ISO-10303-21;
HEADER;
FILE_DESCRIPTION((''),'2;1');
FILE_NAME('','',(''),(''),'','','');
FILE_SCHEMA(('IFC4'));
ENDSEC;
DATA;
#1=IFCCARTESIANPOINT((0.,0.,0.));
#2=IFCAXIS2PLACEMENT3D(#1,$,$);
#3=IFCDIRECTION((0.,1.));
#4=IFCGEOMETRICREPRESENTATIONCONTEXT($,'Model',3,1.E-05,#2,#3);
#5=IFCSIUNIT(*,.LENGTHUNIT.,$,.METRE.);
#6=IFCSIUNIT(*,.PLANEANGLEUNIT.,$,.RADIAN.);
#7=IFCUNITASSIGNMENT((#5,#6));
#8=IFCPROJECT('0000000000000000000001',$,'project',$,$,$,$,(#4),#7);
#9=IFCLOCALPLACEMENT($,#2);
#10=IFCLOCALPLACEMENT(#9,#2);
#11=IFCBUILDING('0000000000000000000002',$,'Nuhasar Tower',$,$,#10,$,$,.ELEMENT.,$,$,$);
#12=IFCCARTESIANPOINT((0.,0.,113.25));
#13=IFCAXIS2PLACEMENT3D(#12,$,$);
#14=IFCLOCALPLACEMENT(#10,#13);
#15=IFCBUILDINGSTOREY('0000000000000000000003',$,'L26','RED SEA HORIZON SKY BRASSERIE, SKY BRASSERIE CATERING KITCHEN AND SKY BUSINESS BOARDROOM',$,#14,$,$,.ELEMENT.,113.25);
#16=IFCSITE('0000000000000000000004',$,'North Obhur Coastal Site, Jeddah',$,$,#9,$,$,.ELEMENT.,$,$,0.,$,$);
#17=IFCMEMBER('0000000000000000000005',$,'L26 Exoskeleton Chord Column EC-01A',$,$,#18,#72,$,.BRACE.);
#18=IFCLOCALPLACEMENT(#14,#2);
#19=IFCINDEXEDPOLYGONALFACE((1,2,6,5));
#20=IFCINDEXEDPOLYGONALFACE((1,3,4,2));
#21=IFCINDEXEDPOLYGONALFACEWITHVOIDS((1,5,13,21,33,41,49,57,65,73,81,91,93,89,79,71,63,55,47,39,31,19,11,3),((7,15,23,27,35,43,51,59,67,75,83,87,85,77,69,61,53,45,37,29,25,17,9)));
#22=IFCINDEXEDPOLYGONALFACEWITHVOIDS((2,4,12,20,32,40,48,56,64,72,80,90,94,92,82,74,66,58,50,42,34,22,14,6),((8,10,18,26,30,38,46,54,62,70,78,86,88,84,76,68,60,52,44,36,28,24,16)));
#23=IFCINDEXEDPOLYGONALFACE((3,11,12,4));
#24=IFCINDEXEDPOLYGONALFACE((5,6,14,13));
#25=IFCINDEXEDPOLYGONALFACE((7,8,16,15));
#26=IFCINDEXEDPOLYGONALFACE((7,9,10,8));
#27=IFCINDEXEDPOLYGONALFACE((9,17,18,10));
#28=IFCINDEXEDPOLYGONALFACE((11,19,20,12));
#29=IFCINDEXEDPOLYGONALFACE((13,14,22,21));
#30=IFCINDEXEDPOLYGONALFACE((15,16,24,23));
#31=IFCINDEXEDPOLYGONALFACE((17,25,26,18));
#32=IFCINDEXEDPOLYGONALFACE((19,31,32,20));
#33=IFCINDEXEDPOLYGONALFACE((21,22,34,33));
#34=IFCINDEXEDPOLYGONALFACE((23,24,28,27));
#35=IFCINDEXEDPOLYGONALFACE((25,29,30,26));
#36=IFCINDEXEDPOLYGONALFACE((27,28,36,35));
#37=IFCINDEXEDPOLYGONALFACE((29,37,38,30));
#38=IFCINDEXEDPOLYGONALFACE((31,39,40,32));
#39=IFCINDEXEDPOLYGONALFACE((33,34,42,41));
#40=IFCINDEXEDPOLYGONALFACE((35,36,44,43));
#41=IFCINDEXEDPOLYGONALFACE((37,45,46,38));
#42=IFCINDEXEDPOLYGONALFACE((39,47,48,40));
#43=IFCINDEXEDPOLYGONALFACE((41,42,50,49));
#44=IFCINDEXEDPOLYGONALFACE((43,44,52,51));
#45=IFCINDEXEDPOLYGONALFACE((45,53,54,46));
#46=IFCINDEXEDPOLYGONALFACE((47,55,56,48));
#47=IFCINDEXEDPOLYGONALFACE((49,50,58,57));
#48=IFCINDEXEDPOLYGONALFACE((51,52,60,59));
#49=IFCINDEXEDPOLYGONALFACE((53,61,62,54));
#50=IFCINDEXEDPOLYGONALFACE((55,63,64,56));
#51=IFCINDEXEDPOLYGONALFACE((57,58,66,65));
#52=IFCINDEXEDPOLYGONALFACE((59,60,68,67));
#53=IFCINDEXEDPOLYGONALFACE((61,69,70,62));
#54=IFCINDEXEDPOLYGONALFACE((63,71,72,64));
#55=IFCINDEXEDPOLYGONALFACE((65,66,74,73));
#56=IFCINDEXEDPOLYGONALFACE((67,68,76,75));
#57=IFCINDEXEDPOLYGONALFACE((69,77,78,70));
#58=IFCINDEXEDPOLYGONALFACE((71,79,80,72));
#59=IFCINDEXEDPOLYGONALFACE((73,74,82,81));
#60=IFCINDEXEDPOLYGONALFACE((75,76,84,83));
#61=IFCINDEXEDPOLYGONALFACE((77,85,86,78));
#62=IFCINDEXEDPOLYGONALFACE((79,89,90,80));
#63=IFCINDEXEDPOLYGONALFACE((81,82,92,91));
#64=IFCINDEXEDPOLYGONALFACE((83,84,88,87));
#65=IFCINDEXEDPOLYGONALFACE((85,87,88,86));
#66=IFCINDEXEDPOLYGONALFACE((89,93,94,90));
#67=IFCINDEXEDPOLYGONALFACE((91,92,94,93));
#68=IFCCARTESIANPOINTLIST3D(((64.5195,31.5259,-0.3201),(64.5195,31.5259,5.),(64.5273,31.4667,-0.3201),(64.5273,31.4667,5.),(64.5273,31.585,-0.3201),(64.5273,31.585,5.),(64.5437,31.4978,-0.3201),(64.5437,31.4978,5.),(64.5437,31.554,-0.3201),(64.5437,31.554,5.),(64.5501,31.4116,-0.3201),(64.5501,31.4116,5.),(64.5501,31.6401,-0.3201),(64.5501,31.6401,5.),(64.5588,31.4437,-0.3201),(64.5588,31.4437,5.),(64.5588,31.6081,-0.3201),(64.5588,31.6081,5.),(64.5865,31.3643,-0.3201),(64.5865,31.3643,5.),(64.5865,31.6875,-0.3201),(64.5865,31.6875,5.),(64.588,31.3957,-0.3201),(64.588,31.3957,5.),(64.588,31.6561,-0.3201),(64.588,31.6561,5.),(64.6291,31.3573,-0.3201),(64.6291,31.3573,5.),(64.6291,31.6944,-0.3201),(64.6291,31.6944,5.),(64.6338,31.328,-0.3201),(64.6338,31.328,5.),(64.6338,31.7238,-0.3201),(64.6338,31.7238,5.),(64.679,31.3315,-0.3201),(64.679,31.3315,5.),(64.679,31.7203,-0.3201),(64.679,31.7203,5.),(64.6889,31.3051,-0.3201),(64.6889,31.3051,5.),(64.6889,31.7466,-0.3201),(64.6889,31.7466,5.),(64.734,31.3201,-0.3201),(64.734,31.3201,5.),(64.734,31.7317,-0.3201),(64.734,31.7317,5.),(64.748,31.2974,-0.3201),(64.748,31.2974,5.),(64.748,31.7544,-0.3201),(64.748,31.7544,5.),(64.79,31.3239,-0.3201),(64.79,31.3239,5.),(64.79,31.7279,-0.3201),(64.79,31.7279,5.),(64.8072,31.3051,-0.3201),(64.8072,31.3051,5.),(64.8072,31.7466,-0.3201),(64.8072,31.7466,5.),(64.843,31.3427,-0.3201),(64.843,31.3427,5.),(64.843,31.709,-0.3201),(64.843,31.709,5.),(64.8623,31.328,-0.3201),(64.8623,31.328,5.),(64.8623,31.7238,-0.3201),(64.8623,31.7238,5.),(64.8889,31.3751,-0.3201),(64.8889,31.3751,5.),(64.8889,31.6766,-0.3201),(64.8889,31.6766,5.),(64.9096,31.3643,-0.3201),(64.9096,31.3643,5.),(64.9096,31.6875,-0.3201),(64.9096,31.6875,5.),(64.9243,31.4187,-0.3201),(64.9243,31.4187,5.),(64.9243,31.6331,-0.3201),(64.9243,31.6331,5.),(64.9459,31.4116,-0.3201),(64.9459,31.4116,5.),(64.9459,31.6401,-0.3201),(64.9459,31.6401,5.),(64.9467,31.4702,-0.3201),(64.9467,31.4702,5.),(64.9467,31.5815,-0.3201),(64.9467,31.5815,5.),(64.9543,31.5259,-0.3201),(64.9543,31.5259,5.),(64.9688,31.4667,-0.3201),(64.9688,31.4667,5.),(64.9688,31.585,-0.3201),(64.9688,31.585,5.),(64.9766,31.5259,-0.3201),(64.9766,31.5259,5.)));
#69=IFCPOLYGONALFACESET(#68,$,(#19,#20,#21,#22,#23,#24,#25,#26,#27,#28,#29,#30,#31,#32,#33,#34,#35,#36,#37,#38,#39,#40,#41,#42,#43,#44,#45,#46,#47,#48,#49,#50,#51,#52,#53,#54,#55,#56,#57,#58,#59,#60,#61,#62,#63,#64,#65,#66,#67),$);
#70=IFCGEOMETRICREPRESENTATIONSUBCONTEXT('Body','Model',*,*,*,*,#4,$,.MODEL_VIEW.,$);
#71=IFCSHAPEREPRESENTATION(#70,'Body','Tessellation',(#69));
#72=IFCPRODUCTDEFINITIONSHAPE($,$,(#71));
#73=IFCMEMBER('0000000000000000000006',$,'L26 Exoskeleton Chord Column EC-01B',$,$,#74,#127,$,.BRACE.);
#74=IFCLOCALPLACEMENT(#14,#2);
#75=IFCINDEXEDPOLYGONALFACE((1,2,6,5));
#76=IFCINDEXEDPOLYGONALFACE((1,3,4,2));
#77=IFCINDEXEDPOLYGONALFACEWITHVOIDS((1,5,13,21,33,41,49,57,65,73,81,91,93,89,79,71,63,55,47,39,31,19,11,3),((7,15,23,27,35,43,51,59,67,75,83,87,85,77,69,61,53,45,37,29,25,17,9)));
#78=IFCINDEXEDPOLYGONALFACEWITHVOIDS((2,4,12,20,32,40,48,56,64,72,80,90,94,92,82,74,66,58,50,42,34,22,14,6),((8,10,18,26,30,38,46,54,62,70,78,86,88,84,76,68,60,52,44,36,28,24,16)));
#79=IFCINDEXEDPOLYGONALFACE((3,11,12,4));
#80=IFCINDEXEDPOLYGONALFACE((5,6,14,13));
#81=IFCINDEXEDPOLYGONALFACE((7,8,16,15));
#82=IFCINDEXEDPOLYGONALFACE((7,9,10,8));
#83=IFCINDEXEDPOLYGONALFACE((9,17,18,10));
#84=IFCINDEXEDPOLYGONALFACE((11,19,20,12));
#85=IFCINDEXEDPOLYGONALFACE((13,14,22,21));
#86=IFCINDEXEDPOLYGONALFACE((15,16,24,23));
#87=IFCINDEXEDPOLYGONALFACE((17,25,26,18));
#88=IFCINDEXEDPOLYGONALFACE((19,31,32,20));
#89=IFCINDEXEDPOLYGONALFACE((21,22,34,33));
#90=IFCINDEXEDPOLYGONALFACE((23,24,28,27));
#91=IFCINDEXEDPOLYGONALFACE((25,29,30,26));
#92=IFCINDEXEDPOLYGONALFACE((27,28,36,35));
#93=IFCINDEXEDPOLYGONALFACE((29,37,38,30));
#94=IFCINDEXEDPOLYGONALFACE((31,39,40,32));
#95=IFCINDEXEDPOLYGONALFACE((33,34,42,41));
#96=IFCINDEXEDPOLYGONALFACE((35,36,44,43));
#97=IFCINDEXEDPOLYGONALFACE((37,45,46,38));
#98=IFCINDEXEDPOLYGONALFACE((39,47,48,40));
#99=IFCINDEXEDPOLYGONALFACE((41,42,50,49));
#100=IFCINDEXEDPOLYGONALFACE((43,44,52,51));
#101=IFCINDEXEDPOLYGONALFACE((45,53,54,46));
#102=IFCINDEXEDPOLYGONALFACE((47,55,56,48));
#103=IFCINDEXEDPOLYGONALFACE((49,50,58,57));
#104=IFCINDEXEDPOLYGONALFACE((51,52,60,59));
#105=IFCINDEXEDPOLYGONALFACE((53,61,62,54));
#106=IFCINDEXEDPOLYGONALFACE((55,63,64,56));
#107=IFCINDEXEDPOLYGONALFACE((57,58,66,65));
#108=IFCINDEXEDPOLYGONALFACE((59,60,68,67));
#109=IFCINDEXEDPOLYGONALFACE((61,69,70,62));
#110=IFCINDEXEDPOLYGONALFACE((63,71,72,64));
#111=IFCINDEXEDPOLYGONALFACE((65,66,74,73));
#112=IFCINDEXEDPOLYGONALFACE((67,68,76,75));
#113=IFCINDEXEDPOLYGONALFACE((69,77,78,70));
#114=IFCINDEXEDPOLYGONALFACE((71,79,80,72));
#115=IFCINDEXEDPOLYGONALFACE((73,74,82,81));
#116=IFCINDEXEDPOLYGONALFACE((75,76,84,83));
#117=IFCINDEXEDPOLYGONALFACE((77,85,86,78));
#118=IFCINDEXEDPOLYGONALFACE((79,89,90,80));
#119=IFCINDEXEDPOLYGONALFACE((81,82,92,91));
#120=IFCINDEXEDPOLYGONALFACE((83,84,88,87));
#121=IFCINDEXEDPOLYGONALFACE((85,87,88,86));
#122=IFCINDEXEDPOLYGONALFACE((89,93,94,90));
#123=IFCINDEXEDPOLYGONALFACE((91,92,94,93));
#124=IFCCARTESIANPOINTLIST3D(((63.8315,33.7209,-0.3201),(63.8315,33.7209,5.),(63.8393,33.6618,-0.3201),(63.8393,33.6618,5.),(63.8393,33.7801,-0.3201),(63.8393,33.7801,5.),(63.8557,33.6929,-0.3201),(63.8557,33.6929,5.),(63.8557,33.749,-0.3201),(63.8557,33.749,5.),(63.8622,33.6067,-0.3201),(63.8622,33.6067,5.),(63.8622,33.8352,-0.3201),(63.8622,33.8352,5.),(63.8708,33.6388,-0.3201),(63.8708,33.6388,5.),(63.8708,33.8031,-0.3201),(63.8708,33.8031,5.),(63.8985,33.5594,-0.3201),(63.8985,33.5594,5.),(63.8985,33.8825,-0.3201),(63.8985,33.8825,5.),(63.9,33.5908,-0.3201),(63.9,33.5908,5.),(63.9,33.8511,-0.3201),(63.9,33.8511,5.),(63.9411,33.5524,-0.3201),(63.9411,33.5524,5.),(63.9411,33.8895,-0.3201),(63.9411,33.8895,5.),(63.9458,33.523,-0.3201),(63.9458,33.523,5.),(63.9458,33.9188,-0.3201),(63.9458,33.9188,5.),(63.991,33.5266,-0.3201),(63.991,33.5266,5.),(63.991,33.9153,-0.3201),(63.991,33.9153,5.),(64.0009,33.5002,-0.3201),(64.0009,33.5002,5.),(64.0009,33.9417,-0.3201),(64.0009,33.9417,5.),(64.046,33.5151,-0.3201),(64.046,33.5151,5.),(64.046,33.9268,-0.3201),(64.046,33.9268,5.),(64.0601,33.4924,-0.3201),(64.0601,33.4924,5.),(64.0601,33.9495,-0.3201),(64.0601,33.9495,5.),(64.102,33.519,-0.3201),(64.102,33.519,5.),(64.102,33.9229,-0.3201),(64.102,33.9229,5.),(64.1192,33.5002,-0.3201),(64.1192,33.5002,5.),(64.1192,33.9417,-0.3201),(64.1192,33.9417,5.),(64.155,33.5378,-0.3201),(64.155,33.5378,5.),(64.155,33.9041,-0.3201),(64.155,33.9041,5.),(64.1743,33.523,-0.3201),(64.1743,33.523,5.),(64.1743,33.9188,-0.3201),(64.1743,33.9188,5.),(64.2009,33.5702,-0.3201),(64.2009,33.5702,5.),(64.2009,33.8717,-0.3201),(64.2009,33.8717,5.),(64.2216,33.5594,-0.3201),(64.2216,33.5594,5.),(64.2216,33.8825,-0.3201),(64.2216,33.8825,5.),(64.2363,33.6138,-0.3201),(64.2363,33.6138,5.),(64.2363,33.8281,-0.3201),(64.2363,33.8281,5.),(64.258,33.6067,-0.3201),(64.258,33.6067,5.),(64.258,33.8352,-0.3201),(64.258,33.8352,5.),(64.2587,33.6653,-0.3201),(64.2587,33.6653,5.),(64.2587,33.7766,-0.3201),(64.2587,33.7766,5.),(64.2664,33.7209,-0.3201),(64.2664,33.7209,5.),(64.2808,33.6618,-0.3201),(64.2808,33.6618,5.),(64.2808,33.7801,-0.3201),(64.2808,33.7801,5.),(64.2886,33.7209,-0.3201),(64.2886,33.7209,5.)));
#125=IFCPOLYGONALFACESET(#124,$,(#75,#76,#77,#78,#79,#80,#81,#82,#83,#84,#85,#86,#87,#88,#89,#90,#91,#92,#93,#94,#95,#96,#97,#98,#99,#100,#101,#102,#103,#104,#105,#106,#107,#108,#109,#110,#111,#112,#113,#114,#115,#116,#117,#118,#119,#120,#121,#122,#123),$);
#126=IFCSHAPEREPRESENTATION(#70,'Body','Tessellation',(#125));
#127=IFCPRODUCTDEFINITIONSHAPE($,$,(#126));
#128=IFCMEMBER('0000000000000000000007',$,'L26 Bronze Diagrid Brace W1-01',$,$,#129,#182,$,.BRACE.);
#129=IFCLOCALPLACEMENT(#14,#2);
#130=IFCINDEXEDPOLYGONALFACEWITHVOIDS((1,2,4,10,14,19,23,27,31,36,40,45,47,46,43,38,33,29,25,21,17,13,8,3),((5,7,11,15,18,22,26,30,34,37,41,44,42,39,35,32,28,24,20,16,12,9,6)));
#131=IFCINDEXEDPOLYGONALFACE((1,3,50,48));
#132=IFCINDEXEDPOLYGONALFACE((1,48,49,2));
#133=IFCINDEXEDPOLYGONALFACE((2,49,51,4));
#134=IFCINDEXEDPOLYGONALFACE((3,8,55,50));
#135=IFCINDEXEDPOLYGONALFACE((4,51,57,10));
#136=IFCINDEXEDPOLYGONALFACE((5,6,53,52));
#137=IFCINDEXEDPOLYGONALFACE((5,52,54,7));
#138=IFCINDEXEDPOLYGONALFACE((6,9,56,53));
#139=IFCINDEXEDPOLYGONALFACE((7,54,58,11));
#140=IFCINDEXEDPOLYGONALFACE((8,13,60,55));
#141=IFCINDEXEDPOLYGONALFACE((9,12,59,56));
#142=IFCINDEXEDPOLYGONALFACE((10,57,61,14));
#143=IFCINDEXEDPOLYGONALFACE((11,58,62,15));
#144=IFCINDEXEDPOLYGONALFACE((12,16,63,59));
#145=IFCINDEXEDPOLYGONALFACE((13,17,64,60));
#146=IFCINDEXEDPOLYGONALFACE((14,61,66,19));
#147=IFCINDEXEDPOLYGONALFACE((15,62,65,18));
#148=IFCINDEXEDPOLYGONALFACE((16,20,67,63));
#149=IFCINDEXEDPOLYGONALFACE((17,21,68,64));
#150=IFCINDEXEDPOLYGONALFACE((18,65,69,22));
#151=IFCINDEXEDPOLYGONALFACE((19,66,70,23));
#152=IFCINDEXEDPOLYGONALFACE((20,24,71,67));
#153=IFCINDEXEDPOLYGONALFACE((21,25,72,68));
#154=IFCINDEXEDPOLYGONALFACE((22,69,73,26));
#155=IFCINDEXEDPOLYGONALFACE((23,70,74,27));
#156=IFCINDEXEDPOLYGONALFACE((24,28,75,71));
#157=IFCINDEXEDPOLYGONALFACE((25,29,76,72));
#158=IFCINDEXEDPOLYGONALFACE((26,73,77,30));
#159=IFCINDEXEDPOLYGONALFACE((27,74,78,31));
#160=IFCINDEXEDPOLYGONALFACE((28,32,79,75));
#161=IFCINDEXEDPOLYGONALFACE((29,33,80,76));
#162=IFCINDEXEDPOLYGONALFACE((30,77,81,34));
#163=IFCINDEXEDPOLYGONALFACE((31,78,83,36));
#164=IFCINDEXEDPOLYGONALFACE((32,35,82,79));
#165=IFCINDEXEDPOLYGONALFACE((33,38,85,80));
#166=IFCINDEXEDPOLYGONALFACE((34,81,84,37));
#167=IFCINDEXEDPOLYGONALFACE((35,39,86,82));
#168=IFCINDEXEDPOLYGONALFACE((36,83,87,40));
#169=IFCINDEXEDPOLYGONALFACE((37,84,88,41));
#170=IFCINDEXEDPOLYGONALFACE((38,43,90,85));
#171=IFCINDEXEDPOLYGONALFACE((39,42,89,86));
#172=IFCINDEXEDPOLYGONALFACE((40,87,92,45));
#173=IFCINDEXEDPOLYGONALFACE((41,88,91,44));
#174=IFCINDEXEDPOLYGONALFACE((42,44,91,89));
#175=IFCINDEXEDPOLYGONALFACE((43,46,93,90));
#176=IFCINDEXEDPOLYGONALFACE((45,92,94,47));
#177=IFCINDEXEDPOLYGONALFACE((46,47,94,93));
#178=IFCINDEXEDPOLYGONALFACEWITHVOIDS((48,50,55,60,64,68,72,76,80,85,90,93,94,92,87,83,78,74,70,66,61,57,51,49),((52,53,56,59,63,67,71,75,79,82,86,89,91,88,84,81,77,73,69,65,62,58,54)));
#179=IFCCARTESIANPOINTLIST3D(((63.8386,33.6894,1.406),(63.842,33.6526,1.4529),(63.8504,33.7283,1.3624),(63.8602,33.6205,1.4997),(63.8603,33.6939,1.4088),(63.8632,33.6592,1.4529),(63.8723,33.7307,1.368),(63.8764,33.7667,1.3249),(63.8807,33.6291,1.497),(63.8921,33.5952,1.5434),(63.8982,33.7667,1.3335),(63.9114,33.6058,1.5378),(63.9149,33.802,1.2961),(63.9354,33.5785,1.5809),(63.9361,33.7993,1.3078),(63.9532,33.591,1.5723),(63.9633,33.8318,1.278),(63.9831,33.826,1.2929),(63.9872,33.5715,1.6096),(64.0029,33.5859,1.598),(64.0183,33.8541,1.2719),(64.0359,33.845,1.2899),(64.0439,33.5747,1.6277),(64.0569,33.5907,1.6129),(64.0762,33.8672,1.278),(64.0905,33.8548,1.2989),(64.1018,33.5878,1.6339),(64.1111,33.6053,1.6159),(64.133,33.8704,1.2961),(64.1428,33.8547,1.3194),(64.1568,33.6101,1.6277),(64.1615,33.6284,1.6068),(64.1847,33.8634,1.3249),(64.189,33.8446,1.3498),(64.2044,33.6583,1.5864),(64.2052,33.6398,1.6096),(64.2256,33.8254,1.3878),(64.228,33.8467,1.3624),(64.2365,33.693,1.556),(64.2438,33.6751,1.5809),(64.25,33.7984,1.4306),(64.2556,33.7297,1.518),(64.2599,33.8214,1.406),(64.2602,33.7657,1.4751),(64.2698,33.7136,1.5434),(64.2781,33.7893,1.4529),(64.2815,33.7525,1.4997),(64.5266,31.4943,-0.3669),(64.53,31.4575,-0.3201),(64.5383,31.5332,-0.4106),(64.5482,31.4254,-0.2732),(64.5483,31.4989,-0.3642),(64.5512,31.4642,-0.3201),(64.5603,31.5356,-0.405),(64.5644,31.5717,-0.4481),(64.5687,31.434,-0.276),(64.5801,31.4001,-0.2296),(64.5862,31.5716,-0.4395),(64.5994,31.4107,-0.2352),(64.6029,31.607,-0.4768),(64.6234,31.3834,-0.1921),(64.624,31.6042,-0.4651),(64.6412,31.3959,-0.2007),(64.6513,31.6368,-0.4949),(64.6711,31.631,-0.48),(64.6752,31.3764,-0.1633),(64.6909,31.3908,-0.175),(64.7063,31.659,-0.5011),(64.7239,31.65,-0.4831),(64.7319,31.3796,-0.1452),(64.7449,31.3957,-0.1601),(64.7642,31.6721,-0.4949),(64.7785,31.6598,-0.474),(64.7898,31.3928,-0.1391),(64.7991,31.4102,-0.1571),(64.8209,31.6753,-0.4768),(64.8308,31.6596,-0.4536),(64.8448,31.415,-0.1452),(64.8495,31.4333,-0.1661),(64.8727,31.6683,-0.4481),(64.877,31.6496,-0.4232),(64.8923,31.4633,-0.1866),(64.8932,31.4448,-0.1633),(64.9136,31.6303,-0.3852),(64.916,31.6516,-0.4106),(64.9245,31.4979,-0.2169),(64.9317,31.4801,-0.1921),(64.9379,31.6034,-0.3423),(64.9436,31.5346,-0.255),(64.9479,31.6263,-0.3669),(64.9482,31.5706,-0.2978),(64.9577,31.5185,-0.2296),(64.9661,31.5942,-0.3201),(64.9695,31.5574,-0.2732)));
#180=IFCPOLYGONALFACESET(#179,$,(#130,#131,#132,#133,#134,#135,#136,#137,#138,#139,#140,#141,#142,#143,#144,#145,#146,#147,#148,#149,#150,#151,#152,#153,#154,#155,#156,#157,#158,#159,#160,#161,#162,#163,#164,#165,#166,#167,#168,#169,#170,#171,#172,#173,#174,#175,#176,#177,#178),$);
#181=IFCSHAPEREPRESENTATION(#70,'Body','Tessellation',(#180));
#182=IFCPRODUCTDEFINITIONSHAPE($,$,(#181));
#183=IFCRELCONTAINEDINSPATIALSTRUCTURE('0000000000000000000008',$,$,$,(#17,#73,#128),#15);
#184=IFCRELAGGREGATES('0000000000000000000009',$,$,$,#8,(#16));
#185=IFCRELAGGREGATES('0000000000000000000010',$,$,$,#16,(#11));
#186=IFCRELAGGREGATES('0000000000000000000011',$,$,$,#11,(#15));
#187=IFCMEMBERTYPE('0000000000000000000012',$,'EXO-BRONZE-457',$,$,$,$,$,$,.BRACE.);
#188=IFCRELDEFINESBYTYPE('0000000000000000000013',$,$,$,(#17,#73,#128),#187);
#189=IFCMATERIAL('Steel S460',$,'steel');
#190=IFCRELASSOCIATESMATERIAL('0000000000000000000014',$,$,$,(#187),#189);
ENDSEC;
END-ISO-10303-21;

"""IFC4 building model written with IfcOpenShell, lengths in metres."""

from ifc_helpers import new_model, si_unit, direction, frame, origin, origin_2d, place, context, subcontext, project, spatial, hollow_circle, extrude, material, material_profile, profile_set, type_object, element, save


model = new_model("IFC4")

# Units and contexts
model_context = context("Model", 3, precision=1e-05, world=origin(), true_north=direction((0.0, 1.0)))
body_context = subcontext(model_context, "Body", "Model", "MODEL_VIEW")
ifc_project = project(units=[si_unit("LENGTHUNIT", "METRE"), si_unit("PLANEANGLEUNIT", "RADIAN")], contexts=[model_context])

# Site, building, storey
site_placement = place(None, origin())
site = spatial("IfcSite", under=ifc_project, at=site_placement, Name="North Obhur Coastal Site, Jeddah", CompositionType="ELEMENT", RefElevation=0.0)
building_placement = place(site_placement, origin())
building = spatial("IfcBuilding", under=site, at=building_placement, Name="Nuhasar Tower", CompositionType="ELEMENT")
storey_placement = place(building_placement, frame((0.0, 0.0, 113.25)))
storey = spatial("IfcBuildingStorey", under=building, at=storey_placement, Name="L26", Description="RED SEA HORIZON SKY BRASSERIE, SKY BRASSERIE CATERING KITCHEN AND SKY BUSINESS BOARDROOM", CompositionType="ELEMENT", Elevation=113.25)

# Shared definitions
ifc_material_1 = material(Name="Steel S460", Category="steel")

# Members
ifc_material_profile_1 = material_profile(ifc_material_1, hollow_circle(Radius=0.2285, WallThickness=0.0222, at=origin_2d()), Name="HSS457X22.2")
ifc_profile_set_1 = profile_set([ifc_material_profile_1], Name="Steel S460")
member_type_1 = type_object("IfcMemberType", Name="EXO-BRONZE-457", PredefinedType="BRACE", material=ifc_profile_set_1)
for number, where, z_axis, x_axis, name in (
    (1, (64.748, 31.5259, -0.3201), (0.0, 0.0, 1.0), (1.0, 0.0, 0.0), "L26 Exoskeleton Chord Column EC-01A"),
    (2, (64.0601, 33.7209, -0.3201), (0.0, 0.0, 1.0), (1.0, 0.0, 0.0), "L26 Exoskeleton Chord Column EC-01B"),
):
    element("IfcMember", number, at=place(storey_placement, frame(where, z_axis=z_axis, x_axis=x_axis)), inside=storey, type_object=member_type_1, Name=name, PredefinedType="BRACE", context=body_context, shape_type="SweptSolid", body=[
        extrude(hollow_circle(Radius=0.2285, WallThickness=0.0222, at=origin_2d()), origin(), (0.0, 0.0, 1.0), 5.3201),
    ])
member_1_placement = place(storey_placement, frame((64.748, 31.5259, -0.3201), z_axis=(-0.236885, 0.755798, 0.610455), x_axis=(-0.954228, -0.299079, 0.0)))
element("IfcMember", 3, at=member_1_placement, inside=storey, type_object=member_type_1, Name="L26 Bronze Diagrid Brace W1-01", PredefinedType="BRACE", context=body_context, shape_type="SweptSolid", body=[
    extrude(hollow_circle(Radius=0.2285, WallThickness=0.0222, at=origin_2d()), origin(), (0.0, 0.0, 1.0), 2.9043),
])

save(model, "model.ifc")
